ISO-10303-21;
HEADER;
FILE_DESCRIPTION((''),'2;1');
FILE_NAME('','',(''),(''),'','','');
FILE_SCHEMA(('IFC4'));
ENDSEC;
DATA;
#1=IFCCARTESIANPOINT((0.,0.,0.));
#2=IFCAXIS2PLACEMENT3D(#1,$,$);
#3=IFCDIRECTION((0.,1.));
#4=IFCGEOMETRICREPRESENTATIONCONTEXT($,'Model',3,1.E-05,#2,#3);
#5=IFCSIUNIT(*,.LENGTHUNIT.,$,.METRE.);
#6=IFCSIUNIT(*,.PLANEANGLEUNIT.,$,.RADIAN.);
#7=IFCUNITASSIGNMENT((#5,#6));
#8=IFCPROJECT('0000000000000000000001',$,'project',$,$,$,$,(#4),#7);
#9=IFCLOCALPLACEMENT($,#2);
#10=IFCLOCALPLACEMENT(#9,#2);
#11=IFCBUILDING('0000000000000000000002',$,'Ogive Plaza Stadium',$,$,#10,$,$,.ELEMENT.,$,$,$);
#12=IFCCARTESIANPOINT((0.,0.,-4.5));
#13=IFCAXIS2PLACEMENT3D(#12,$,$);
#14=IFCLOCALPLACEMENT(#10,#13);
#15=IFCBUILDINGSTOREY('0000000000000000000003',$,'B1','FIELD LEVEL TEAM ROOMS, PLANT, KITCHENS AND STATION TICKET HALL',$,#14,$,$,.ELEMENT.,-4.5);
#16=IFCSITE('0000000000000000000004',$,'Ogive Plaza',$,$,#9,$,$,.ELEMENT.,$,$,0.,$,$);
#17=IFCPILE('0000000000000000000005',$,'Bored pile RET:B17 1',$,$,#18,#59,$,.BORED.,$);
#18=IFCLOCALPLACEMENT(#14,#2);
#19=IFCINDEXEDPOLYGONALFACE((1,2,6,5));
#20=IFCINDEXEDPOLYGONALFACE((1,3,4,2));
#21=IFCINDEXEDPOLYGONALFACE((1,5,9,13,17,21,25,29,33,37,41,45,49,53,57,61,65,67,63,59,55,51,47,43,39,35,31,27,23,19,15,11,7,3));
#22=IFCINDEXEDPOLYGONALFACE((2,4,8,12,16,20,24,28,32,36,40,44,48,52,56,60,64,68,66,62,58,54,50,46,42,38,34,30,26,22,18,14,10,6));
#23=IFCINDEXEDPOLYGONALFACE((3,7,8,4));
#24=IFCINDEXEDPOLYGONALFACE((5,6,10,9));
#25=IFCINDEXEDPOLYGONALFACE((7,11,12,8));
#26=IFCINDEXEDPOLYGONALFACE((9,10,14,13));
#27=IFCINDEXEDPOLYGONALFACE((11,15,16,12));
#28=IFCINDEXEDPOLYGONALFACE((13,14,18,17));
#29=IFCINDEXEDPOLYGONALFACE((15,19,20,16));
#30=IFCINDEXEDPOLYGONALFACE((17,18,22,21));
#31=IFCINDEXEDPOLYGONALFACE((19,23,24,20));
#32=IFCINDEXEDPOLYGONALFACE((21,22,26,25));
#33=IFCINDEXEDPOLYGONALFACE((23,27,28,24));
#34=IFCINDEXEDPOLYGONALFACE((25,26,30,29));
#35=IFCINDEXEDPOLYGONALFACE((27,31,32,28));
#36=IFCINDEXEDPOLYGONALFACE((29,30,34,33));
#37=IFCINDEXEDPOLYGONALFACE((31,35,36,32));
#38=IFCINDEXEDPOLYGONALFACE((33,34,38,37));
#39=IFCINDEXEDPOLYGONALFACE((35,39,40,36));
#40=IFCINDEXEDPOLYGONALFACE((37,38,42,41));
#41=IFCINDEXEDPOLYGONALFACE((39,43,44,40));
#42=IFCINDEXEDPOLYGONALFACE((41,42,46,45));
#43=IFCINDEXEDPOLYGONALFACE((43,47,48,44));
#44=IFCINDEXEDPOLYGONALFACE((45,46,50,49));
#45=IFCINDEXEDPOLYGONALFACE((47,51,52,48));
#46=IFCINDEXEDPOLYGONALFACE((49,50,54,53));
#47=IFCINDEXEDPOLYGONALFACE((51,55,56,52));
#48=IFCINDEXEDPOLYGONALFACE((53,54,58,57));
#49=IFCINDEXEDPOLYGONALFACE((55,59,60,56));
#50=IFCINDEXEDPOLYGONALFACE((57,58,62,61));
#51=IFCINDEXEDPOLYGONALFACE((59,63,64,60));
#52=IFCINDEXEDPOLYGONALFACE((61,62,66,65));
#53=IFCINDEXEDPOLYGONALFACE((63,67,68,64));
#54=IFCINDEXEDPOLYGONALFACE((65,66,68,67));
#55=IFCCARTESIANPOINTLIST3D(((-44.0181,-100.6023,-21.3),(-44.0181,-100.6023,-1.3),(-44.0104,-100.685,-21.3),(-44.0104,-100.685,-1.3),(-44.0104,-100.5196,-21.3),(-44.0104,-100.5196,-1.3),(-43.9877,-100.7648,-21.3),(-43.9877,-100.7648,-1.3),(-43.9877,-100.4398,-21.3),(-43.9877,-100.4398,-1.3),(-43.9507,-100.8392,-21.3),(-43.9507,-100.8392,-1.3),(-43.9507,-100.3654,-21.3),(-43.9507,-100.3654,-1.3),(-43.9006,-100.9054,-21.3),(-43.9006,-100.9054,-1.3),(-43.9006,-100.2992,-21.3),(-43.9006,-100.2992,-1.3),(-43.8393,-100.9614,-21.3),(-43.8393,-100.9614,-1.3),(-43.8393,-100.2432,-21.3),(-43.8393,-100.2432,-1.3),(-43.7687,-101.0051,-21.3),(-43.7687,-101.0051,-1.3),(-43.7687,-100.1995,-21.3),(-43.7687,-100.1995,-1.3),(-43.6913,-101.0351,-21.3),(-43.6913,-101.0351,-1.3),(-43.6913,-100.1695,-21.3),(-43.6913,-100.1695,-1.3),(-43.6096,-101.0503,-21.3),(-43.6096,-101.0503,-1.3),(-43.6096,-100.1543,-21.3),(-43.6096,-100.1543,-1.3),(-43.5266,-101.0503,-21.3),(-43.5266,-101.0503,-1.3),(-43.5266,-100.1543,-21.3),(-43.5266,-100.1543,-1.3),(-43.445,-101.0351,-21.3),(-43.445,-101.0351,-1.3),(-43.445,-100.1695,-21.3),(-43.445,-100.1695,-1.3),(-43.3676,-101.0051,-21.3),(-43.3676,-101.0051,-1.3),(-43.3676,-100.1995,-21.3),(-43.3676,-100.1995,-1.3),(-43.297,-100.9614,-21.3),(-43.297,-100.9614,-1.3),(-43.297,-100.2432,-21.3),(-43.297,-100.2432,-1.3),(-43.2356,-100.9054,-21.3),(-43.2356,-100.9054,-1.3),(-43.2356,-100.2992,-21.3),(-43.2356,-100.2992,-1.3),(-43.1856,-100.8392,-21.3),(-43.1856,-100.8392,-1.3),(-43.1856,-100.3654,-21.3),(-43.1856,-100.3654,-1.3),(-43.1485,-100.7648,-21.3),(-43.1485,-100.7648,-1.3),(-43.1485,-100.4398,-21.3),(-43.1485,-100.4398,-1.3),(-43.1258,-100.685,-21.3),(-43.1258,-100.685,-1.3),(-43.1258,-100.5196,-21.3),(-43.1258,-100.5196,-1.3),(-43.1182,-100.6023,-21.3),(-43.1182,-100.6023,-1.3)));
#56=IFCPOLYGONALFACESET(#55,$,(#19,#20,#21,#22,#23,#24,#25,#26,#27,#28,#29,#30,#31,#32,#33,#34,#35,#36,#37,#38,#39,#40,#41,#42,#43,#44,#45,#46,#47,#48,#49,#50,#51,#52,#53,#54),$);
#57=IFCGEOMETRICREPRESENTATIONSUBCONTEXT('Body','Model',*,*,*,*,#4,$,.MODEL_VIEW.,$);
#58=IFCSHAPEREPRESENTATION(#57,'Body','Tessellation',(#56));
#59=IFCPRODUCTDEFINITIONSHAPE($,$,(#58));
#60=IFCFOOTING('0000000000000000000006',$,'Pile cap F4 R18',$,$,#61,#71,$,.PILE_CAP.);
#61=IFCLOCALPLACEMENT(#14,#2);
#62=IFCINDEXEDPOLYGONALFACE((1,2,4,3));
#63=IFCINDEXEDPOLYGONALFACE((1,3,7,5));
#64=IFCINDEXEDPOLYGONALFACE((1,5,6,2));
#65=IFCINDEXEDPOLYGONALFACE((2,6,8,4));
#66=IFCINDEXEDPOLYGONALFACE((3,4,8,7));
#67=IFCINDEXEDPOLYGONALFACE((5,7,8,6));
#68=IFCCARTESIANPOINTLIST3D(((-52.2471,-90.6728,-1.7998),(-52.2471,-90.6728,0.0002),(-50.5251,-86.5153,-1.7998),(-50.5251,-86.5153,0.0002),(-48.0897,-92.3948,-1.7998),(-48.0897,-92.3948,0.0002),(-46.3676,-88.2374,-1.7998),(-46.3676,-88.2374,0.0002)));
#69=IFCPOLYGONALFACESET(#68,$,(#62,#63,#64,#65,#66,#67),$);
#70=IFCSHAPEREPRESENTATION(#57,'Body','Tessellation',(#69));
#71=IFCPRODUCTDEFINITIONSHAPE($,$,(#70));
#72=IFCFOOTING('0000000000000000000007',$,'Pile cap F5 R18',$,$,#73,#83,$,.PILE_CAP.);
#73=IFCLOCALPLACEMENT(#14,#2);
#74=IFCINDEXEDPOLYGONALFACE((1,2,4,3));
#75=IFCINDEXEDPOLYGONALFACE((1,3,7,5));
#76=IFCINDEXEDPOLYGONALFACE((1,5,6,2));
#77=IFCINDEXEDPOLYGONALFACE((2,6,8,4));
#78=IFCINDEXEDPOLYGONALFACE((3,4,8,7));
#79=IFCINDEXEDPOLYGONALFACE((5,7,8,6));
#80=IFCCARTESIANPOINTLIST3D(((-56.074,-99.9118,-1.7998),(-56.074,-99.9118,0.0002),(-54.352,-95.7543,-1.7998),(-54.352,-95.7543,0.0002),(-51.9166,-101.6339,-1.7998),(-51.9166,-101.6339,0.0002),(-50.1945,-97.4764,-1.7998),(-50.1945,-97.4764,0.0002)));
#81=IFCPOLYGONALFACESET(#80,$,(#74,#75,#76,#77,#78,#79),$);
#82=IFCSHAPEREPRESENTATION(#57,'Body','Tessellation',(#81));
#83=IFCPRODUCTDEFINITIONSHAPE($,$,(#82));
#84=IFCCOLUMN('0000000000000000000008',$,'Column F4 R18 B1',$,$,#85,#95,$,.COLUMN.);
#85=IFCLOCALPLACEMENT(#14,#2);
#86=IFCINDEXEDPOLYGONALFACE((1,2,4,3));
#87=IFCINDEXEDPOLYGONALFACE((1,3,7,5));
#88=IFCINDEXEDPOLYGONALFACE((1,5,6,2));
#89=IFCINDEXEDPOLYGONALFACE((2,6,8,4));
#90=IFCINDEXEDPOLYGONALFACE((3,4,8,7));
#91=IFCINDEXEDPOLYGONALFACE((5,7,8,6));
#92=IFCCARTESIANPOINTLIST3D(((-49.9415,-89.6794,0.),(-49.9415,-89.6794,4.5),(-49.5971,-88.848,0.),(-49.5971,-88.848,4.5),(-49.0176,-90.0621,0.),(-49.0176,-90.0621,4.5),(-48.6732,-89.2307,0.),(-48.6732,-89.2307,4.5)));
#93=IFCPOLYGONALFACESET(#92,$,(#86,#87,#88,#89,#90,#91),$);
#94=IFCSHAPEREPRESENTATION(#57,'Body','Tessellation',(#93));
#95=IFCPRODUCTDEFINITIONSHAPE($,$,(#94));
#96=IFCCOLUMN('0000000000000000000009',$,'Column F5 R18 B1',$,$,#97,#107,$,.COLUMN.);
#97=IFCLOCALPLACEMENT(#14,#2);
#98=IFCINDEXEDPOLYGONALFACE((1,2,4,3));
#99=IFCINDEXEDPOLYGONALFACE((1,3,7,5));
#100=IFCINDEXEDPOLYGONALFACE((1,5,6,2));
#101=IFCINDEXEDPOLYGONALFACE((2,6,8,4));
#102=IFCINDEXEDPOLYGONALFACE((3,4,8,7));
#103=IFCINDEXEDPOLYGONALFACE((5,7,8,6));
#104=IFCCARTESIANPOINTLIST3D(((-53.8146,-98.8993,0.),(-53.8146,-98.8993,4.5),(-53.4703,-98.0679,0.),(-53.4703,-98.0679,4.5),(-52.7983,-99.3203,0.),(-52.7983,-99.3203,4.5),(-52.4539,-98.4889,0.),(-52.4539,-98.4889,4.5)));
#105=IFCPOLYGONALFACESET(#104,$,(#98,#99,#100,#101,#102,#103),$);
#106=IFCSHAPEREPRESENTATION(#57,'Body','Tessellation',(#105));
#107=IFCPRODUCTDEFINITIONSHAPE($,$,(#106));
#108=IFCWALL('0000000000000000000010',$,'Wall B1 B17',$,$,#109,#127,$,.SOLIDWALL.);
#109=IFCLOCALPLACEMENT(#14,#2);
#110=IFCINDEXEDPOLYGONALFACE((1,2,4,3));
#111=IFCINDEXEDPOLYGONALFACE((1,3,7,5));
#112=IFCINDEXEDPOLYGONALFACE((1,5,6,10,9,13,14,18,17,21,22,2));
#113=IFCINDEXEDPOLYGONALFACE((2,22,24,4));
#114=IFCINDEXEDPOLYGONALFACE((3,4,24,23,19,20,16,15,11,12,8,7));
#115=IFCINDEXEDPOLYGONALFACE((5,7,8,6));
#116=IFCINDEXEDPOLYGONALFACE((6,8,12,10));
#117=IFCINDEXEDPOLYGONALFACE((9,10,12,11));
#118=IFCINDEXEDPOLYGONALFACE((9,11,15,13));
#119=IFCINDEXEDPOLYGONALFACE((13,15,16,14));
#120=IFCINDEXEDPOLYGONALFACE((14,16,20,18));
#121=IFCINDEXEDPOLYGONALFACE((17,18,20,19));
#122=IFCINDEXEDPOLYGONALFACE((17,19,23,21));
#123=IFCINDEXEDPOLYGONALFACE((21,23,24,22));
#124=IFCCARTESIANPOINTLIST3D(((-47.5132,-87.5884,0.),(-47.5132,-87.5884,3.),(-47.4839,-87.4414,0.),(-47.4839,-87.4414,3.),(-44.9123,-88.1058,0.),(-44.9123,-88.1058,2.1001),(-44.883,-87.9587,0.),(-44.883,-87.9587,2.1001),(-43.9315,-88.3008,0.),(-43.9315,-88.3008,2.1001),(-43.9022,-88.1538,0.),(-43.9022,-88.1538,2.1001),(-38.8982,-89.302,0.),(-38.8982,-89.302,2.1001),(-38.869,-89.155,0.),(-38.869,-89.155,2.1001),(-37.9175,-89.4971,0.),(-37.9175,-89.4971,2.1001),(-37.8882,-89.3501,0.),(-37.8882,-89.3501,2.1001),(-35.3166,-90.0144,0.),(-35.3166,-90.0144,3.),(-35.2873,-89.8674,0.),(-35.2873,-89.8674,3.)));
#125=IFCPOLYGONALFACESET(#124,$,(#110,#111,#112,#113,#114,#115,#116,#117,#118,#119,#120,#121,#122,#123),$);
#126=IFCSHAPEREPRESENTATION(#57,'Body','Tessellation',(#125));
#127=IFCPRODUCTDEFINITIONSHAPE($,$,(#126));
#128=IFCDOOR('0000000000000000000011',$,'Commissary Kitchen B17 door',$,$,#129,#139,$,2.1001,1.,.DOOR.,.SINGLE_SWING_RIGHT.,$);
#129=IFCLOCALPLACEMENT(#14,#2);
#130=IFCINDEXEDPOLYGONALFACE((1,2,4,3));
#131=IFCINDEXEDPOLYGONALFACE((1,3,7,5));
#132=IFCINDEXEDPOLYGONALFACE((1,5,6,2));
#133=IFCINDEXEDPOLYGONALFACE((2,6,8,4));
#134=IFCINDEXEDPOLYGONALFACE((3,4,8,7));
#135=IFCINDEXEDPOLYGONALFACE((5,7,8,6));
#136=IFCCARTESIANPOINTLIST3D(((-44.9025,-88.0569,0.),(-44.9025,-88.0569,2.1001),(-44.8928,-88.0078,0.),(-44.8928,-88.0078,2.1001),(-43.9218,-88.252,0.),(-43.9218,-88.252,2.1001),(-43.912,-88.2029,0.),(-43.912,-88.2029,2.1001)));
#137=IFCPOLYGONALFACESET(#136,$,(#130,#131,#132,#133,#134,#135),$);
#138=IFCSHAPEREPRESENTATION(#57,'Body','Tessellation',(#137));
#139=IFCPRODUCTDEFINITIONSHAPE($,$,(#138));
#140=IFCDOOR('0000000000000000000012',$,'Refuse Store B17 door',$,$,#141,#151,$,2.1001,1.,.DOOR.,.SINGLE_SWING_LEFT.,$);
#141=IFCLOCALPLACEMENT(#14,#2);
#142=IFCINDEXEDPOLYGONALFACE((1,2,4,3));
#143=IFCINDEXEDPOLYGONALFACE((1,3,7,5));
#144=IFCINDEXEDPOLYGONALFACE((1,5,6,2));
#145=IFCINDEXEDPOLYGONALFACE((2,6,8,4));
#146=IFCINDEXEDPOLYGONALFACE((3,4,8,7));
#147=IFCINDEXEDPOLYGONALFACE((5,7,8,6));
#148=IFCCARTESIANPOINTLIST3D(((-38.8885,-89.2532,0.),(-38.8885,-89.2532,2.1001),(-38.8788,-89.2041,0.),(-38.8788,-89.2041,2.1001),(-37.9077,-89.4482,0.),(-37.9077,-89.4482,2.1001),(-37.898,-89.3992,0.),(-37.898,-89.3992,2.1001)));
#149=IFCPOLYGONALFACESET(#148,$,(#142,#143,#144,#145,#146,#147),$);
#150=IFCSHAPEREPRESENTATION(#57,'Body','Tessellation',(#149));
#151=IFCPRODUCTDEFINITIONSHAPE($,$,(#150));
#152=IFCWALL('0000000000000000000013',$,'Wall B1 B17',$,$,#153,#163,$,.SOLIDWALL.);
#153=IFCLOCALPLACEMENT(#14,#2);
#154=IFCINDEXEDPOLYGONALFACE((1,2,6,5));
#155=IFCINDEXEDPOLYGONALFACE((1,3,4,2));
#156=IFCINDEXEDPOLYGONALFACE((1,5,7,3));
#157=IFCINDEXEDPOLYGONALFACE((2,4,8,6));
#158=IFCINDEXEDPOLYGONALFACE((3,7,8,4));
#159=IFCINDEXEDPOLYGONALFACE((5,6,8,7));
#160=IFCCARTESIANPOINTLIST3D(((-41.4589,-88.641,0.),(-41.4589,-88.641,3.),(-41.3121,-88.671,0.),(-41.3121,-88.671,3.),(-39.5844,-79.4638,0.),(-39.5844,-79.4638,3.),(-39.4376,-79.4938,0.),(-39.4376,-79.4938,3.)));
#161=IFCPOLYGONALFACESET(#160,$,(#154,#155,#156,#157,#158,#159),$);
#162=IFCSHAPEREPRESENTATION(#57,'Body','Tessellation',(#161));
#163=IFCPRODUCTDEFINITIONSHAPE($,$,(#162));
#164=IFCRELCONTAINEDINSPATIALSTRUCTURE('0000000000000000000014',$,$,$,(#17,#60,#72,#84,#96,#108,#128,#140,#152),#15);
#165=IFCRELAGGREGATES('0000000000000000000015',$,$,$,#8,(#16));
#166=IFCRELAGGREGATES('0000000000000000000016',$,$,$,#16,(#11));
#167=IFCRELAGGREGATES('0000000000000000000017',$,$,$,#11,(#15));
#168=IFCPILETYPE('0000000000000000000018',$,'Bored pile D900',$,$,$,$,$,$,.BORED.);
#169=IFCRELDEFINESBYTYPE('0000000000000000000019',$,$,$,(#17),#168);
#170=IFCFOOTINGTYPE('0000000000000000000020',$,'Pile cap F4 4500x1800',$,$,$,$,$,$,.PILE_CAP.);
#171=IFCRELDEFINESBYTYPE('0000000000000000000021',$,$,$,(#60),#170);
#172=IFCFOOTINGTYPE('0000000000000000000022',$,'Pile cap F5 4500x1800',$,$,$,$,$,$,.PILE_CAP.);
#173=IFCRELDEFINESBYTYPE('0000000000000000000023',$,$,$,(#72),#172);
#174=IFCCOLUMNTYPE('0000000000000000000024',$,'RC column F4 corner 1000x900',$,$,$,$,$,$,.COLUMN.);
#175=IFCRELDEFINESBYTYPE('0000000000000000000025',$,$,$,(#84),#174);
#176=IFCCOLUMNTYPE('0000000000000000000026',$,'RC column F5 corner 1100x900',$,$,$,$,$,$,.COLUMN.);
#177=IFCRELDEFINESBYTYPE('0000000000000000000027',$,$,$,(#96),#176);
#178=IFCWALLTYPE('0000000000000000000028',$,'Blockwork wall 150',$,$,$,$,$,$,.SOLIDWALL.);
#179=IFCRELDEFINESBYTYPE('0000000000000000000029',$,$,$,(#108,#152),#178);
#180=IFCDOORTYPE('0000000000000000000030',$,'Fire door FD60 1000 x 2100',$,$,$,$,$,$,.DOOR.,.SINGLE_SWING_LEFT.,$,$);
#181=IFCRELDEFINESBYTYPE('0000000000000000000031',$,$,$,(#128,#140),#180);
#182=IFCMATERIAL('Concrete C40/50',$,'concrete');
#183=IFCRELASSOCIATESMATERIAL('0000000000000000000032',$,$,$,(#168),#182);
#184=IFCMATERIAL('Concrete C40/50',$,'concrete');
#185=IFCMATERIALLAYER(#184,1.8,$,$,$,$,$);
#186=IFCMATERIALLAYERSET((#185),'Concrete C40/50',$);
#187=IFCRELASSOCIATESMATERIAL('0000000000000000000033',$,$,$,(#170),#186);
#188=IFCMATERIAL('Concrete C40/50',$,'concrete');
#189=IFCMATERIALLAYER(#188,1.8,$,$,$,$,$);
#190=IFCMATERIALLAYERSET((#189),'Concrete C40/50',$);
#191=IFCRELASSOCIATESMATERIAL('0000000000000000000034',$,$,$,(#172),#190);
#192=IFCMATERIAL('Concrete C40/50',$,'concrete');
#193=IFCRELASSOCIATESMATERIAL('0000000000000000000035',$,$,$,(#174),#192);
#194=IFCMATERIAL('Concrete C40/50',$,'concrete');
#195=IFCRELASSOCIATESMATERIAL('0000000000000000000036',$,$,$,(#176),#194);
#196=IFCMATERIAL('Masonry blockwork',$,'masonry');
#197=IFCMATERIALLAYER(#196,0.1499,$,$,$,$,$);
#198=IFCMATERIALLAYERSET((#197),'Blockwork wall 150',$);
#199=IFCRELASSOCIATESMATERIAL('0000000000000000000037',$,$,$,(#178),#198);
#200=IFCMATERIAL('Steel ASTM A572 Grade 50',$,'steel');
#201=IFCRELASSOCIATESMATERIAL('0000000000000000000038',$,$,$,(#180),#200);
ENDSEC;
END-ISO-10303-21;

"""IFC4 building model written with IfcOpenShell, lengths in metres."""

from ifc_helpers import new_model, si_unit, direction, frame, frame_2d, origin, origin_2d, place, context, subcontext, project, spatial, rectangle, circle, extrude, material, layer, layer_set, material_profile, profile_set, type_object, element, fill, save


model = new_model("IFC4")

# Units and contexts
model_context = context("Model", 3, precision=1e-05, world=origin(), true_north=direction((0.0, 1.0)))
body_context = subcontext(model_context, "Body", "Model", "MODEL_VIEW")
ifc_project = project(units=[si_unit("LENGTHUNIT", "METRE"), si_unit("PLANEANGLEUNIT", "RADIAN")], contexts=[model_context])

# Site, building, storey
site_placement = place(None, origin())
site = spatial("IfcSite", under=ifc_project, at=site_placement, Name="Ogive Plaza", CompositionType="ELEMENT", RefElevation=0.0)
building_placement = place(site_placement, origin())
building = spatial("IfcBuilding", under=site, at=building_placement, Name="Ogive Plaza Stadium", CompositionType="ELEMENT")
storey_placement = place(building_placement, frame((0.0, 0.0, -4.5)))
storey = spatial("IfcBuildingStorey", under=building, at=storey_placement, Name="B1", Description="FIELD LEVEL TEAM ROOMS, PLANT, KITCHENS AND STATION TICKET HALL", CompositionType="ELEMENT", Elevation=-4.5)

# Pile
ifc_material_1 = material(Name="Concrete C40/50", Category="concrete")
ifc_material_profile_1 = material_profile(ifc_material_1, circle(Radius=0.45, at=origin_2d()), Name="RC D900")
ifc_profile_set_1 = profile_set([ifc_material_profile_1], Name="Concrete C40/50")
pile_type_1 = type_object("IfcPileType", Name="Bored pile D900", PredefinedType="BORED", material=ifc_profile_set_1)
pile_1_placement = place(storey_placement, frame((-43.5681, -100.6023, -1.3), z_axis=(0.0, 0.0, -1.0), x_axis=(1.0, 0.0, 0.0)))
element("IfcPile", 1, at=pile_1_placement, inside=storey, type_object=pile_type_1, Name="Bored pile RET:B17 1", PredefinedType="BORED", context=body_context, shape_type="SweptSolid", body=[
    extrude(circle(Radius=0.45, at=origin_2d()), origin(), (0.0, 0.0, 1.0), 20.0),
])

# Footings
ifc_material_2 = material(Name="Concrete C40/50", Category="concrete")
ifc_layer_1 = layer(ifc_material_2, 1.8)
ifc_layer_set_1 = layer_set([ifc_layer_1], Name="Concrete C40/50")
footing_type_1 = type_object("IfcFootingType", Name="Pile cap F4 4500x1800", PredefinedType="PILE_CAP", material=ifc_layer_set_1)
footing_1_placement = place(storey_placement, frame((-49.3074, -89.4551, -1.7998), z_axis=(0.0, 0.0, 1.0), x_axis=(-0.382683, -0.92388, 0.0)))
element("IfcFooting", 2, at=footing_1_placement, inside=storey, type_object=footing_type_1, Name="Pile cap F4 R18", PredefinedType="PILE_CAP", context=body_context, shape_type="SweptSolid", body=[
    extrude(rectangle(XDim=4.5, YDim=4.5, at=origin_2d()), origin(), (0.0, 0.0, 1.0), 1.8),
])
ifc_material_3 = material(Name="Concrete C40/50", Category="concrete")
ifc_layer_2 = layer(ifc_material_3, 1.8)
ifc_layer_set_2 = layer_set([ifc_layer_2], Name="Concrete C40/50")
footing_type_2 = type_object("IfcFootingType", Name="Pile cap F5 4500x1800", PredefinedType="PILE_CAP", material=ifc_layer_set_2)
footing_2_placement = place(storey_placement, frame((-53.1343, -98.6941, -1.7998), z_axis=(0.0, 0.0, 1.0), x_axis=(-0.382683, -0.92388, 0.0)))
element("IfcFooting", 3, at=footing_2_placement, inside=storey, type_object=footing_type_2, Name="Pile cap F5 R18", PredefinedType="PILE_CAP", context=body_context, shape_type="SweptSolid", body=[
    extrude(rectangle(XDim=4.5, YDim=4.5, at=origin_2d()), origin(), (0.0, 0.0, 1.0), 1.8),
])

# Columns
ifc_material_4 = material(Name="Concrete C40/50", Category="concrete")
ifc_material_profile_2 = material_profile(ifc_material_4, rectangle(XDim=1.0, YDim=0.8999, at=origin_2d()), Name="RC 1000x900")
ifc_profile_set_2 = profile_set([ifc_material_profile_2], Name="Concrete C40/50")
column_type_1 = type_object("IfcColumnType", Name="RC column F4 corner 1000x900", PredefinedType="COLUMN", material=ifc_profile_set_2)
column_1_placement = place(storey_placement, frame((-49.3074, -89.4551, 0.0), z_axis=(0.0, 0.0, 1.0), x_axis=(0.92388, -0.382683, 0.0)))
element("IfcColumn", 4, at=column_1_placement, inside=storey, type_object=column_type_1, Name="Column F4 R18 B1", PredefinedType="COLUMN", context=body_context, shape_type="SweptSolid", body=[
    extrude(rectangle(XDim=1.0, YDim=0.8999, at=origin_2d()), origin(), (0.0, 0.0, 1.0), 4.5),
])
ifc_material_5 = material(Name="Concrete C40/50", Category="concrete")
ifc_material_profile_3 = material_profile(ifc_material_5, rectangle(XDim=1.1001, YDim=0.8999, at=origin_2d()), Name="RC 1100x900")
ifc_profile_set_3 = profile_set([ifc_material_profile_3], Name="Concrete C40/50")
column_type_2 = type_object("IfcColumnType", Name="RC column F5 corner 1100x900", PredefinedType="COLUMN", material=ifc_profile_set_3)
column_2_placement = place(storey_placement, frame((-53.1343, -98.6941, 0.0), z_axis=(0.0, 0.0, 1.0), x_axis=(0.92388, -0.382683, 0.0)))
element("IfcColumn", 5, at=column_2_placement, inside=storey, type_object=column_type_2, Name="Column F5 R18 B1", PredefinedType="COLUMN", context=body_context, shape_type="SweptSolid", body=[
    extrude(rectangle(XDim=1.1001, YDim=0.8999, at=origin_2d()), origin(), (0.0, 0.0, 1.0), 4.5),
])

# Wall, openings, doors
ifc_material_6 = material(Name="Masonry blockwork", Category="masonry")
ifc_layer_3 = layer(ifc_material_6, 0.1499)
ifc_layer_set_3 = layer_set([ifc_layer_3], Name="Blockwork wall 150")
wall_type_1 = type_object("IfcWallType", Name="Blockwork wall 150", PredefinedType="SOLIDWALL", material=ifc_layer_set_3)
wall_1_placement = place(storey_placement, frame((-47.4985, -87.5149, 0.0), z_axis=(0.0, 0.0, 1.0), x_axis=(0.980786, -0.195089, 0.0)))
wall_1 = element("IfcWall", 6, at=wall_1_placement, inside=storey, type_object=wall_type_1, Name="Wall B1 B17", PredefinedType="SOLIDWALL", context=body_context, shape_type="SweptSolid", body=[
    extrude(rectangle(XDim=12.4355, YDim=0.1499, at=frame_2d((6.2178, 0.0))), origin(), (0.0, 0.0, 1.0), 3.0),
])
opening_1_placement = place(wall_1_placement, frame((2.6519, 0.0, 0.0)))
opening_1 = element("IfcOpeningElement", 7, at=opening_1_placement, cuts=wall_1, PredefinedType="OPENING", context=body_context, shape_type="SweptSolid", body=[
    extrude(rectangle(XDim=1.0, YDim=2.1001, at=frame_2d((0.5, 1.05))), frame((0.0, 0.075, 0.0), z_axis=(0.0, -1.0, 0.0), x_axis=(1.0, 0.0, 0.0)), (0.0, 0.0, 1.0), 0.1499),
])
opening_2_placement = place(wall_1_placement, frame((8.7837, 0.0, 0.0)))
opening_2 = element("IfcOpeningElement", 8, at=opening_2_placement, cuts=wall_1, PredefinedType="OPENING", context=body_context, shape_type="SweptSolid", body=[
    extrude(rectangle(XDim=1.0, YDim=2.1001, at=frame_2d((0.5, 1.05))), frame((0.0, 0.075, 0.0), z_axis=(0.0, -1.0, 0.0), x_axis=(1.0, 0.0, 0.0)), (0.0, 0.0, 1.0), 0.1499),
])
ifc_material_7 = material(Name="Steel ASTM A572 Grade 50", Category="steel")
door_type_1 = type_object("IfcDoorType", Name="Fire door FD60 1000 x 2100", OperationType="SINGLE_SWING_LEFT", PredefinedType="DOOR", material=ifc_material_7)
door_1_placement = place(opening_1_placement, origin())
door_1 = element("IfcDoor", 9, at=door_1_placement, inside=storey, type_object=door_type_1, Name="Commissary Kitchen B17 door", OperationType="SINGLE_SWING_RIGHT", OverallHeight=2.1001, OverallWidth=1.0, PredefinedType="DOOR", context=body_context, shape_type="SweptSolid", body=[
    extrude(rectangle(XDim=1.0, YDim=2.1001, at=frame_2d((0.5, 1.05))), frame((0.0, 0.0249, 0.0), z_axis=(0.0, -1.0, 0.0), x_axis=(1.0, 0.0, 0.0)), (0.0, 0.0, 1.0), 0.05),
])
fill(opening_1, door_1)
door_2_placement = place(opening_2_placement, origin())
door_2 = element("IfcDoor", 10, at=door_2_placement, inside=storey, type_object=door_type_1, Name="Refuse Store B17 door", OperationType="SINGLE_SWING_LEFT", OverallHeight=2.1001, OverallWidth=1.0, PredefinedType="DOOR", context=body_context, shape_type="SweptSolid", body=[
    extrude(rectangle(XDim=1.0, YDim=2.1001, at=frame_2d((0.5, 1.05))), frame((0.0, 0.0249, 0.0), z_axis=(0.0, -1.0, 0.0), x_axis=(1.0, 0.0, 0.0)), (0.0, 0.0, 1.0), 0.05),
])
fill(opening_2, door_2)

# Wall
wall_2_placement = place(storey_placement, frame((-39.511, -79.4788, 0.0), z_axis=(0.0, 0.0, 1.0), x_axis=(-0.200124, -0.97977, 0.0)))
element("IfcWall", 11, at=wall_2_placement, inside=storey, type_object=wall_type_1, Name="Wall B1 B17", PredefinedType="SOLIDWALL", context=body_context, shape_type="SweptSolid", body=[
    extrude(rectangle(XDim=9.3667, YDim=0.1499, at=frame_2d((4.6833, 0.0))), origin(), (0.0, 0.0, 1.0), 3.0),
])

save(model, "model.ifc")
